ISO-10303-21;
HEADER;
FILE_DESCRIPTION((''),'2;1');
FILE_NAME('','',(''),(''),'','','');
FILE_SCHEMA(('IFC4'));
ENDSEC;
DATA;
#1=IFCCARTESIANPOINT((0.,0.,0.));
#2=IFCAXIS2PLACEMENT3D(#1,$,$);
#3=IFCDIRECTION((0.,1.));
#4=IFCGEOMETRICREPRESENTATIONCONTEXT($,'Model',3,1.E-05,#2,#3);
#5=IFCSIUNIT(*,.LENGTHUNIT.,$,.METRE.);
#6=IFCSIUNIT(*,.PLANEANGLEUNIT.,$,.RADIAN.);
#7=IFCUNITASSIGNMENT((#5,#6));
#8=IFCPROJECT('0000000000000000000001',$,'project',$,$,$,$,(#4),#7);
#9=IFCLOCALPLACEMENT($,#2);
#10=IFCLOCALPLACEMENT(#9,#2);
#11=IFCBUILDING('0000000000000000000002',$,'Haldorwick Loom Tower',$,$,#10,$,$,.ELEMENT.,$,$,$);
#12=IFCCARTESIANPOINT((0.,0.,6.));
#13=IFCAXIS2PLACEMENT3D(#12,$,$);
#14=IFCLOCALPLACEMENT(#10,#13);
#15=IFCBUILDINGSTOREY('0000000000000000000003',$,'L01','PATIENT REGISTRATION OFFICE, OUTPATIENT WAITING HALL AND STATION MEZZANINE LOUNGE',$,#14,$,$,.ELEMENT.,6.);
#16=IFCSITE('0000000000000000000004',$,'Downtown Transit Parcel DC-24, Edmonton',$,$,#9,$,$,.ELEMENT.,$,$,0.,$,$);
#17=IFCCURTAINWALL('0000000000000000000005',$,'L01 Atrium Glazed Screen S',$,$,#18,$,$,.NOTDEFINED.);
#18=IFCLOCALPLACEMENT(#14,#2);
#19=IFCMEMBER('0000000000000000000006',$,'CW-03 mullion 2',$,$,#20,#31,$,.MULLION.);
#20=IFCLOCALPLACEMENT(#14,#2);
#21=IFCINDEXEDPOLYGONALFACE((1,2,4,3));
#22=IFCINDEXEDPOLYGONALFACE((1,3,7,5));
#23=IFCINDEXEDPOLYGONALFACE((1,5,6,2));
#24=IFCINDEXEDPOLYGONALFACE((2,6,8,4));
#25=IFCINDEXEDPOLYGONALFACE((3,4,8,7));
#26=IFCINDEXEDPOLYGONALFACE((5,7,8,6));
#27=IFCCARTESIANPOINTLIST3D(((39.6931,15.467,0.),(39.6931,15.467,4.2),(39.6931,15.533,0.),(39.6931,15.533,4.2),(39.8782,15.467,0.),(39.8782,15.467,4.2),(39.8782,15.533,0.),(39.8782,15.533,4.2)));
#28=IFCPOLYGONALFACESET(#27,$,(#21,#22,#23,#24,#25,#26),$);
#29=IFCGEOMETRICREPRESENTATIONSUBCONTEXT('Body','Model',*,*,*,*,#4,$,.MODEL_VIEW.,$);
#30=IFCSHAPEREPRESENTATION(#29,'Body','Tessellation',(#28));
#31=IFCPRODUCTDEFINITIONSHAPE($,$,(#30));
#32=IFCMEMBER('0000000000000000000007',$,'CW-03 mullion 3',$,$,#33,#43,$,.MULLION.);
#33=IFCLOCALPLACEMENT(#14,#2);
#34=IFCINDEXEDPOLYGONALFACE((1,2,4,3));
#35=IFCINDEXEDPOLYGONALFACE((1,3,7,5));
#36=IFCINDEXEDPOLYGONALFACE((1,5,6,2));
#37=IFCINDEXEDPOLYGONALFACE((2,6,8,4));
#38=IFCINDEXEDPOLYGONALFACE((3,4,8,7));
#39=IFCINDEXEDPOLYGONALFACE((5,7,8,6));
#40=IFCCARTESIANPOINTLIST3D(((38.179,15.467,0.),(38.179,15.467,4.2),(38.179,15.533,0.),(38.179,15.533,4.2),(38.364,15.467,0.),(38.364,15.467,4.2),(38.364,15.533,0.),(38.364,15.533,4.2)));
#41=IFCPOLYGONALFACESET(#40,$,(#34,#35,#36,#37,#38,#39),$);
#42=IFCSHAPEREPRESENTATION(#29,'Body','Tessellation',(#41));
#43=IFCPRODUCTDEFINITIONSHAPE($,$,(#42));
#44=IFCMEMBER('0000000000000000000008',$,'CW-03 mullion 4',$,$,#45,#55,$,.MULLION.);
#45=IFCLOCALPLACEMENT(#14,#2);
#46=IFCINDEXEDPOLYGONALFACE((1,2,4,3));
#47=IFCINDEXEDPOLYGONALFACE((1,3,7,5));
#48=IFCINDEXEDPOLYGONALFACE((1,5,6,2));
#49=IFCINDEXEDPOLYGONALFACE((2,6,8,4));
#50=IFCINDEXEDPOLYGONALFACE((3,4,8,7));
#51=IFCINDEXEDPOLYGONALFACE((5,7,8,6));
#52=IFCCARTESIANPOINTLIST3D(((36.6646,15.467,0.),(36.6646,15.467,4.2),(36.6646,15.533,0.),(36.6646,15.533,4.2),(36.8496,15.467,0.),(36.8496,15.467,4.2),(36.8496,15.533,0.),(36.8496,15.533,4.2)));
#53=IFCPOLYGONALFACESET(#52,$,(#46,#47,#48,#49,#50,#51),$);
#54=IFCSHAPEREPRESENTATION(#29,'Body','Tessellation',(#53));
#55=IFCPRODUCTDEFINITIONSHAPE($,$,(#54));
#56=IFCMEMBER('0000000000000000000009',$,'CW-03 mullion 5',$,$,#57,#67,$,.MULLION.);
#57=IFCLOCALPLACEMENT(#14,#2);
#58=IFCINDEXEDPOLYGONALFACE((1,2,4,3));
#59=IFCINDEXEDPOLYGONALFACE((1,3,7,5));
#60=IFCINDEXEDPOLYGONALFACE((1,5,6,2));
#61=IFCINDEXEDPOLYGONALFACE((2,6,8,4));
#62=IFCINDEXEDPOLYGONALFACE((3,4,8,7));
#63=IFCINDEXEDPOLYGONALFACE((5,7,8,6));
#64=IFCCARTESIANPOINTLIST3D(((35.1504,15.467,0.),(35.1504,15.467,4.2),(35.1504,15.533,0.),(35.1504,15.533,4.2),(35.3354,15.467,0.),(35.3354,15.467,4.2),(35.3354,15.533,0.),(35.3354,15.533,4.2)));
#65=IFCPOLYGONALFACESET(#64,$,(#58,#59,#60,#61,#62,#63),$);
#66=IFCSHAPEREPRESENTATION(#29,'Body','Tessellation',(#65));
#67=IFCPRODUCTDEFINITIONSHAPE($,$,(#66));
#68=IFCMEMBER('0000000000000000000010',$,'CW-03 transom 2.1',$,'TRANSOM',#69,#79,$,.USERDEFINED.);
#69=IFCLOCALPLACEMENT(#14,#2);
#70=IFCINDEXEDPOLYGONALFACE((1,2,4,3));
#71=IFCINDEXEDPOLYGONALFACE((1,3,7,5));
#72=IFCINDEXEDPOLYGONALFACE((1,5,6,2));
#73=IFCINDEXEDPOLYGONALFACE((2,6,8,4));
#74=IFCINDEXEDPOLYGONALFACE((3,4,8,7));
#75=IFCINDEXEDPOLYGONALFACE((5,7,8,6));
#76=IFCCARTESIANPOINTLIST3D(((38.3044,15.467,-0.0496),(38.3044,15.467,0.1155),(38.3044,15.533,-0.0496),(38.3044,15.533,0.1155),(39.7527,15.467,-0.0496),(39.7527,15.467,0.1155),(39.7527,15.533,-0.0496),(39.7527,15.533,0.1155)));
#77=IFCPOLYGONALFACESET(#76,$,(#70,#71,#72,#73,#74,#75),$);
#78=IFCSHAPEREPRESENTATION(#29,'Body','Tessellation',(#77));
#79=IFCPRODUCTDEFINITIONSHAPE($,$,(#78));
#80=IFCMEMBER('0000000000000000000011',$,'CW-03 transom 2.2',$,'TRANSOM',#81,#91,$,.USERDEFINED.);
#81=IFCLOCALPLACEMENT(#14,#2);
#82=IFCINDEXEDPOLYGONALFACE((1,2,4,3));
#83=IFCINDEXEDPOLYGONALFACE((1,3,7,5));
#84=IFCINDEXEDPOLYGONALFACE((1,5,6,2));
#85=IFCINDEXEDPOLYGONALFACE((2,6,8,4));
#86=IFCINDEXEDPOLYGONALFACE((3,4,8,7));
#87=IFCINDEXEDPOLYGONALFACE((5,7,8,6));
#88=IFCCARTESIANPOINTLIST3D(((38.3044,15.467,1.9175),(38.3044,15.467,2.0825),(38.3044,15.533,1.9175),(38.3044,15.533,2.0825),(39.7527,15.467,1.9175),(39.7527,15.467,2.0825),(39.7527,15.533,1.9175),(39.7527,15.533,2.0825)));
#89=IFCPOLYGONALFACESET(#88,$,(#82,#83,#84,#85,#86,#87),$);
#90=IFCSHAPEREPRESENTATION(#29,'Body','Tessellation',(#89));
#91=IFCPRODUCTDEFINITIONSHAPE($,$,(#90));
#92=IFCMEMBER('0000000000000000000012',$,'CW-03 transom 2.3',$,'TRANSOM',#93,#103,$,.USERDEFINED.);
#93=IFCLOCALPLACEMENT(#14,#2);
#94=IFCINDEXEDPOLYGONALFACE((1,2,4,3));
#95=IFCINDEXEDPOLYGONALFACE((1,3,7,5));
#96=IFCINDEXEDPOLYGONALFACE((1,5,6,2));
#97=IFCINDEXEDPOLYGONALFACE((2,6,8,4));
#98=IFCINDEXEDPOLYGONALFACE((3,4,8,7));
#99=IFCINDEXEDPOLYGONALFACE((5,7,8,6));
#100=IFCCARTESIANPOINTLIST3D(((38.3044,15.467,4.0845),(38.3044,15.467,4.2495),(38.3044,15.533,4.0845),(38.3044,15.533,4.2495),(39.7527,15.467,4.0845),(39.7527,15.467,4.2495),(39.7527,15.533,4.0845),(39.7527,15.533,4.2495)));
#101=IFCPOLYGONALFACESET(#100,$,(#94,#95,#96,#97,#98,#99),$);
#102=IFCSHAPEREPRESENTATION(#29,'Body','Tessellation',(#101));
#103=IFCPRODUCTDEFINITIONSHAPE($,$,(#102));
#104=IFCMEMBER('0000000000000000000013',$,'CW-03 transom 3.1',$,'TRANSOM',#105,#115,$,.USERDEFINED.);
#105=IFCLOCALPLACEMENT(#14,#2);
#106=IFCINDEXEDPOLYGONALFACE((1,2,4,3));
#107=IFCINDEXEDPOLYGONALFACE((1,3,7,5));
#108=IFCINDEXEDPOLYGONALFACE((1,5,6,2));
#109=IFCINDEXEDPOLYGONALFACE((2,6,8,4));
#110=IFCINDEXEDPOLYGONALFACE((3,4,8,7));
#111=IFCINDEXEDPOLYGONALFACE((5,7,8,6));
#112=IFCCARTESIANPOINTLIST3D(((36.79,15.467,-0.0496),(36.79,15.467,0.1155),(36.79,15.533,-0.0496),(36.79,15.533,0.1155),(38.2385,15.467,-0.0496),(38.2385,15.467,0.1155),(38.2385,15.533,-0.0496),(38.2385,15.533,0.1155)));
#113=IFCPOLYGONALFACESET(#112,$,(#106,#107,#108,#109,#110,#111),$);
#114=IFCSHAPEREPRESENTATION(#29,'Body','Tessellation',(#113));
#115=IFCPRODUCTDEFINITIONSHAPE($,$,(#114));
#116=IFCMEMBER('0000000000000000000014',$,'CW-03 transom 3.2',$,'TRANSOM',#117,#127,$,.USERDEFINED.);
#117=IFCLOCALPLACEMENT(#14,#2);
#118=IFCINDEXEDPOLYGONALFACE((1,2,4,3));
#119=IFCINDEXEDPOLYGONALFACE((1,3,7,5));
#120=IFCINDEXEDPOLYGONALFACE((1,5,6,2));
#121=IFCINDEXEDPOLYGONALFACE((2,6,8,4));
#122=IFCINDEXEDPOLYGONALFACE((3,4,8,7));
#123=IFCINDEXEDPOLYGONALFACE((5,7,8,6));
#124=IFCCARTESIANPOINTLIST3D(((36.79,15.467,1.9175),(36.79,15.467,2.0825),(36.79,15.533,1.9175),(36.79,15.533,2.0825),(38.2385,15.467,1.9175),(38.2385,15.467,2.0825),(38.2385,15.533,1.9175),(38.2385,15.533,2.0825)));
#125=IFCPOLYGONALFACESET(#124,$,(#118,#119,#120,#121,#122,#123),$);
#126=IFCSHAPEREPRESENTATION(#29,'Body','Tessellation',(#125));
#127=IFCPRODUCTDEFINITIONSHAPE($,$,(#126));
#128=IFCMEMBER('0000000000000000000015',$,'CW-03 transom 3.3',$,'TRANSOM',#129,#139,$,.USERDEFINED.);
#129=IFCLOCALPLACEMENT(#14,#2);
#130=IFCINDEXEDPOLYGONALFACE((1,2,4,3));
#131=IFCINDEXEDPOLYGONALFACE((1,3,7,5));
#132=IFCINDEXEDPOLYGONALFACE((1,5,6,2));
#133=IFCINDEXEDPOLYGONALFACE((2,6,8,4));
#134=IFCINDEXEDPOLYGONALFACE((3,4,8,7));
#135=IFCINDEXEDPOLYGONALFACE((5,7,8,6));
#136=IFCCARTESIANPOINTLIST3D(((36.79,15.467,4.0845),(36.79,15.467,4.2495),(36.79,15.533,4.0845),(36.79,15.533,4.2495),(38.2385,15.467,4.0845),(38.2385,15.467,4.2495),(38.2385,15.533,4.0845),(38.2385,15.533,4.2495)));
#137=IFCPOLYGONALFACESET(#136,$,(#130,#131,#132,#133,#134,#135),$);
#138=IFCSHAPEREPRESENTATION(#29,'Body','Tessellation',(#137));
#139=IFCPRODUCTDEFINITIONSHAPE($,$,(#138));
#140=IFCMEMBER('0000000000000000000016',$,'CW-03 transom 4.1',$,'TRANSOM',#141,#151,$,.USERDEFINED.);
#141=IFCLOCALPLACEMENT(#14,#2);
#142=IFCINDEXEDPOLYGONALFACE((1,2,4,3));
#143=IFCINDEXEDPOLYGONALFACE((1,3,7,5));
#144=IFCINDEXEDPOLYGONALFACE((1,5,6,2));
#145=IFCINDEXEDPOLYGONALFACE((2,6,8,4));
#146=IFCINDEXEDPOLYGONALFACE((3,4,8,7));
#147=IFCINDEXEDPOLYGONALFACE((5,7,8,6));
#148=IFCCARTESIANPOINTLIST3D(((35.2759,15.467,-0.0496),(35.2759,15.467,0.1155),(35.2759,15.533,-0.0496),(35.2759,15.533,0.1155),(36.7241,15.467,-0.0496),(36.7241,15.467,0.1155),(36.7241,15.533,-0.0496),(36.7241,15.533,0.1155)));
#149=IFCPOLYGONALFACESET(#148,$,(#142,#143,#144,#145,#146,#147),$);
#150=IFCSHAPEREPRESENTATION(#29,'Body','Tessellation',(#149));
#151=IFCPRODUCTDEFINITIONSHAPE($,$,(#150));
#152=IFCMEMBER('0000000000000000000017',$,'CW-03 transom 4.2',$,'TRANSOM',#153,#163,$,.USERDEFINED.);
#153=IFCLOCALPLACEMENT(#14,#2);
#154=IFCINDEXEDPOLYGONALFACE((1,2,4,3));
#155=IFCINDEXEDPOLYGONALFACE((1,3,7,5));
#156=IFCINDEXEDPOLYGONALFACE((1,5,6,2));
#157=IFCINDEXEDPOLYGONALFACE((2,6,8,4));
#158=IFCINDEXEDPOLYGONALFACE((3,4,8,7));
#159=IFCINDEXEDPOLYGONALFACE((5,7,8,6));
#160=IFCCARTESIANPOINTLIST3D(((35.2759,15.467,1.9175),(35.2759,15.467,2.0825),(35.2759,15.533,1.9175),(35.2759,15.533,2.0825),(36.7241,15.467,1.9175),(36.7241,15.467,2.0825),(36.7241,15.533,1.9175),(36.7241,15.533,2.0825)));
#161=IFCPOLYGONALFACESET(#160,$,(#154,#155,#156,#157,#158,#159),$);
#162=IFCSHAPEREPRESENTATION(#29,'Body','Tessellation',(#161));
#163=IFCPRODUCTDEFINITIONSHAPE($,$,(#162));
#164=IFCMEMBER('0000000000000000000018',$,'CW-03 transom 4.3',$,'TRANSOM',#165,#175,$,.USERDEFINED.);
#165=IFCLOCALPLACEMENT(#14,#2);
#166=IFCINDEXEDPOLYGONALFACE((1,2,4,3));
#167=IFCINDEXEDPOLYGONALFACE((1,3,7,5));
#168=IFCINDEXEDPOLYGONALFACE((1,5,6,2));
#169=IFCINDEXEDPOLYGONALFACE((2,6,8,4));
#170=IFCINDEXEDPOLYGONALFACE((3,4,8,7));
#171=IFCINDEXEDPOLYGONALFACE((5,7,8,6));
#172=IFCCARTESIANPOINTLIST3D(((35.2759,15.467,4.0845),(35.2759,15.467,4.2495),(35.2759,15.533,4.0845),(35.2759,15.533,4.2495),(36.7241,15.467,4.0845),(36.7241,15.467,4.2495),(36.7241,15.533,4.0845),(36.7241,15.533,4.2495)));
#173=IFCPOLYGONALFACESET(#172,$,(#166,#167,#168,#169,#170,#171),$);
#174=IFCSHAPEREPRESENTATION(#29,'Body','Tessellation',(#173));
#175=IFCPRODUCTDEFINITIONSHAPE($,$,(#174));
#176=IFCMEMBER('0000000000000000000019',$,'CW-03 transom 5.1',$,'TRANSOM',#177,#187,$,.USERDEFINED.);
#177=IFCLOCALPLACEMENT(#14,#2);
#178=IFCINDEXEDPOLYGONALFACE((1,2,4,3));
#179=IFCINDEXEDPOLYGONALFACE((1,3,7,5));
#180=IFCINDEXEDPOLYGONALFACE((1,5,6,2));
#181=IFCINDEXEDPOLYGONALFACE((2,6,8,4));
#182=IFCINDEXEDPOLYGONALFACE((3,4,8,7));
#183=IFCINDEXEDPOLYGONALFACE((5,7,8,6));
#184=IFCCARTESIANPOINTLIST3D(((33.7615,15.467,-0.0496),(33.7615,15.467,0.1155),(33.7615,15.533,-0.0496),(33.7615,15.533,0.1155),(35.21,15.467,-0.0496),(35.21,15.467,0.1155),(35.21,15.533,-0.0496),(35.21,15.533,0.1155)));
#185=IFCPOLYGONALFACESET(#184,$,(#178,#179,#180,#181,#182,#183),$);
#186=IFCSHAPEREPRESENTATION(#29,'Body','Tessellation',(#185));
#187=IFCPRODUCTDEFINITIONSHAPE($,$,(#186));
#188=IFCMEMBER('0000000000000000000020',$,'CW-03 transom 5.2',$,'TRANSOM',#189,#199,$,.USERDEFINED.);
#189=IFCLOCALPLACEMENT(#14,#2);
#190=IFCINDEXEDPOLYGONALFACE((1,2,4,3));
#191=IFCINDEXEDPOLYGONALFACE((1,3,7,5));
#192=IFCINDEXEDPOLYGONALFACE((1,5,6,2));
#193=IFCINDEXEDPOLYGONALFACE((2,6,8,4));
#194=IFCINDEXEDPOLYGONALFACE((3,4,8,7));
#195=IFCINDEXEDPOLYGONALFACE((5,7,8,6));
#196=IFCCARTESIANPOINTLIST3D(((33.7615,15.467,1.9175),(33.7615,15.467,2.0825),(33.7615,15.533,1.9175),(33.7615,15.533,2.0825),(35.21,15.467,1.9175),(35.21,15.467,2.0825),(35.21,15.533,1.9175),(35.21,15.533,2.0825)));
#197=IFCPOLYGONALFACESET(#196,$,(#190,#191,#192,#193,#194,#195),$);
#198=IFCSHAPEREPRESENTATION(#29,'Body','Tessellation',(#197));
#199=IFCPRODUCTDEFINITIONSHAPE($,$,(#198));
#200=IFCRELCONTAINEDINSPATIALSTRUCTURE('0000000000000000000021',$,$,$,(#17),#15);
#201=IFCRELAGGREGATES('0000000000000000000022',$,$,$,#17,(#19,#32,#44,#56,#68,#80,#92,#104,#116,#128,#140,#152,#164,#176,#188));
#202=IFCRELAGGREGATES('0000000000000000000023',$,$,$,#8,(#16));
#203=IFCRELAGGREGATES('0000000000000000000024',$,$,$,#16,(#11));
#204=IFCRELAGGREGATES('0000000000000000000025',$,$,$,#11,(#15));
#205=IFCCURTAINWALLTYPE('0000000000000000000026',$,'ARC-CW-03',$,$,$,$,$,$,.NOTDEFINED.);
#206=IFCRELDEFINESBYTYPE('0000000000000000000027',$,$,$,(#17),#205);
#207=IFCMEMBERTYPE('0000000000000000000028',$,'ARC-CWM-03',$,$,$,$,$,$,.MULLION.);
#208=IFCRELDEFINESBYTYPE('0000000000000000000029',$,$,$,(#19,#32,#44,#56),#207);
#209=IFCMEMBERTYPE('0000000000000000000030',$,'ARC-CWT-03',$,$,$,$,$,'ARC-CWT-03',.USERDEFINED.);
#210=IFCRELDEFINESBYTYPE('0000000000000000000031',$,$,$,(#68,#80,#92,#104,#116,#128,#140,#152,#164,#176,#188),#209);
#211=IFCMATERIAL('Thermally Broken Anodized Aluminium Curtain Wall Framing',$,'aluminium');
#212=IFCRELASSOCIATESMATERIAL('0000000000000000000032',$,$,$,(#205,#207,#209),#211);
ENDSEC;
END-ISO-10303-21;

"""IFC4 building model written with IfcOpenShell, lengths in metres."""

from ifc_helpers import new_model, si_unit, direction, frame, origin, origin_2d, place, context, subcontext, project, spatial, rectangle, extrude, material, material_profile, profile_set, type_object, element, aggregate, save


model = new_model("IFC4")

# Units and contexts
model_context = context("Model", 3, precision=1e-05, world=origin(), true_north=direction((0.0, 1.0)))
body_context = subcontext(model_context, "Body", "Model", "MODEL_VIEW")
ifc_project = project(units=[si_unit("LENGTHUNIT", "METRE"), si_unit("PLANEANGLEUNIT", "RADIAN")], contexts=[model_context])

# Site, building, storey
site_placement = place(None, origin())
site = spatial("IfcSite", under=ifc_project, at=site_placement, Name="Downtown Transit Parcel DC-24, Edmonton", CompositionType="ELEMENT", RefElevation=0.0)
building_placement = place(site_placement, origin())
building = spatial("IfcBuilding", under=site, at=building_placement, Name="Haldorwick Loom Tower", CompositionType="ELEMENT")
storey_placement = place(building_placement, frame((0.0, 0.0, 6.0)))
storey = spatial("IfcBuildingStorey", under=building, at=storey_placement, Name="L01", Description="PATIENT REGISTRATION OFFICE, OUTPATIENT WAITING HALL AND STATION MEZZANINE LOUNGE", CompositionType="ELEMENT", Elevation=6.0)

# Curtain wall, members
ifc_material_1 = material(Name="Thermally Broken Anodized Aluminium Curtain Wall Framing", Category="aluminium")
curtain_wall_type = type_object("IfcCurtainWallType", Name="ARC-CW-03", PredefinedType="NOTDEFINED", material=ifc_material_1)
curtain_wall_placement = place(storey_placement, origin())
curtain_wall = element("IfcCurtainWall", 1, at=curtain_wall_placement, inside=storey, type_object=curtain_wall_type, Name="L01 Atrium Glazed Screen S", PredefinedType="NOTDEFINED")
ifc_material_profile_1 = material_profile(ifc_material_1, rectangle(XDim=0.0659, YDim=0.1851, at=origin_2d()), Name="ALU_MUL_66X185", Category="aluminium")
ifc_profile_set_1 = profile_set([ifc_material_profile_1], Name="Thermally Broken Anodized Aluminium Curtain Wall Framing")
member_type_1 = type_object("IfcMemberType", Name="ARC-CWM-03", PredefinedType="MULLION", material=ifc_profile_set_1)
member_1_placement = place(storey_placement, frame((39.7856, 15.5, 0.0), z_axis=(0.0, 0.0, 1.0), x_axis=(0.0, -1.0, 0.0)))
member_1 = element("IfcMember", 2, at=member_1_placement, type_object=member_type_1, Name="CW-03 mullion 2", PredefinedType="MULLION", context=body_context, shape_type="SweptSolid", body=[
    extrude(rectangle(XDim=0.0659, YDim=0.1851, at=origin_2d()), origin(), (0.0, 0.0, 1.0), 4.2),
])
member_2_placement = place(storey_placement, frame((38.2715, 15.5, 0.0), z_axis=(0.0, 0.0, 1.0), x_axis=(0.0, -1.0, 0.0)))
member_2 = element("IfcMember", 3, at=member_2_placement, type_object=member_type_1, Name="CW-03 mullion 3", PredefinedType="MULLION", context=body_context, shape_type="SweptSolid", body=[
    extrude(rectangle(XDim=0.0659, YDim=0.1851, at=origin_2d()), origin(), (0.0, 0.0, 1.0), 4.2),
])
member_3_placement = place(storey_placement, frame((36.7571, 15.5, 0.0), z_axis=(0.0, 0.0, 1.0), x_axis=(0.0, -1.0, 0.0)))
member_3 = element("IfcMember", 4, at=member_3_placement, type_object=member_type_1, Name="CW-03 mullion 4", PredefinedType="MULLION", context=body_context, shape_type="SweptSolid", body=[
    extrude(rectangle(XDim=0.0659, YDim=0.1851, at=origin_2d()), origin(), (0.0, 0.0, 1.0), 4.2),
])
member_4_placement = place(storey_placement, frame((35.2429, 15.5, 0.0), z_axis=(0.0, 0.0, 1.0), x_axis=(0.0, -1.0, 0.0)))
member_4 = element("IfcMember", 5, at=member_4_placement, type_object=member_type_1, Name="CW-03 mullion 5", PredefinedType="MULLION", context=body_context, shape_type="SweptSolid", body=[
    extrude(rectangle(XDim=0.0659, YDim=0.1851, at=origin_2d()), origin(), (0.0, 0.0, 1.0), 4.2),
])
ifc_material_profile_2 = material_profile(ifc_material_1, rectangle(XDim=0.0659, YDim=0.165, at=origin_2d()), Name="ALU_TRN_66X165", Category="aluminium")
ifc_profile_set_2 = profile_set([ifc_material_profile_2], Name="Thermally Broken Anodized Aluminium Curtain Wall Framing")
member_type_2 = type_object("IfcMemberType", Name="ARC-CWT-03", ElementType="ARC-CWT-03", PredefinedType="USERDEFINED", material=ifc_profile_set_2)
member_5_placement = place(storey_placement, frame((39.7527, 15.5, 0.033), z_axis=(-1.0, 0.0, 0.0), x_axis=(0.0, -1.0, 0.0)))
member_5 = element("IfcMember", 6, at=member_5_placement, type_object=member_type_2, Name="CW-03 transom 2.1", ObjectType="TRANSOM", PredefinedType="USERDEFINED", context=body_context, shape_type="SweptSolid", body=[
    extrude(rectangle(XDim=0.0659, YDim=0.165, at=origin_2d()), origin(), (0.0, 0.0, 1.0), 1.4482),
])
member_6_placement = place(storey_placement, frame((39.7527, 15.5, 2.0), z_axis=(-1.0, 0.0, 0.0), x_axis=(0.0, -1.0, 0.0)))
member_6 = element("IfcMember", 7, at=member_6_placement, type_object=member_type_2, Name="CW-03 transom 2.2", ObjectType="TRANSOM", PredefinedType="USERDEFINED", context=body_context, shape_type="SweptSolid", body=[
    extrude(rectangle(XDim=0.0659, YDim=0.165, at=origin_2d()), origin(), (0.0, 0.0, 1.0), 1.4482),
])
member_7_placement = place(storey_placement, frame((39.7527, 15.5, 4.167), z_axis=(-1.0, 0.0, 0.0), x_axis=(0.0, -1.0, 0.0)))
member_7 = element("IfcMember", 8, at=member_7_placement, type_object=member_type_2, Name="CW-03 transom 2.3", ObjectType="TRANSOM", PredefinedType="USERDEFINED", context=body_context, shape_type="SweptSolid", body=[
    extrude(rectangle(XDim=0.0659, YDim=0.165, at=origin_2d()), origin(), (0.0, 0.0, 1.0), 1.4482),
])
member_8_placement = place(storey_placement, frame((38.2385, 15.5, 0.033), z_axis=(-1.0, 0.0, 0.0), x_axis=(0.0, -1.0, 0.0)))
member_8 = element("IfcMember", 9, at=member_8_placement, type_object=member_type_2, Name="CW-03 transom 3.1", ObjectType="TRANSOM", PredefinedType="USERDEFINED", context=body_context, shape_type="SweptSolid", body=[
    extrude(rectangle(XDim=0.0659, YDim=0.165, at=origin_2d()), origin(), (0.0, 0.0, 1.0), 1.4485),
])
member_9_placement = place(storey_placement, frame((38.2385, 15.5, 2.0), z_axis=(-1.0, 0.0, 0.0), x_axis=(0.0, -1.0, 0.0)))
member_9 = element("IfcMember", 10, at=member_9_placement, type_object=member_type_2, Name="CW-03 transom 3.2", ObjectType="TRANSOM", PredefinedType="USERDEFINED", context=body_context, shape_type="SweptSolid", body=[
    extrude(rectangle(XDim=0.0659, YDim=0.165, at=origin_2d()), origin(), (0.0, 0.0, 1.0), 1.4485),
])
member_10_placement = place(storey_placement, frame((38.2385, 15.5, 4.167), z_axis=(-1.0, 0.0, 0.0), x_axis=(0.0, -1.0, 0.0)))
member_10 = element("IfcMember", 11, at=member_10_placement, type_object=member_type_2, Name="CW-03 transom 3.3", ObjectType="TRANSOM", PredefinedType="USERDEFINED", context=body_context, shape_type="SweptSolid", body=[
    extrude(rectangle(XDim=0.0659, YDim=0.165, at=origin_2d()), origin(), (0.0, 0.0, 1.0), 1.4485),
])
member_11_placement = place(storey_placement, frame((36.7241, 15.5, 0.033), z_axis=(-1.0, 0.0, 0.0), x_axis=(0.0, -1.0, 0.0)))
member_11 = element("IfcMember", 12, at=member_11_placement, type_object=member_type_2, Name="CW-03 transom 4.1", ObjectType="TRANSOM", PredefinedType="USERDEFINED", context=body_context, shape_type="SweptSolid", body=[
    extrude(rectangle(XDim=0.0659, YDim=0.165, at=origin_2d()), origin(), (0.0, 0.0, 1.0), 1.4482),
])
member_12_placement = place(storey_placement, frame((36.7241, 15.5, 2.0), z_axis=(-1.0, 0.0, 0.0), x_axis=(0.0, -1.0, 0.0)))
member_12 = element("IfcMember", 13, at=member_12_placement, type_object=member_type_2, Name="CW-03 transom 4.2", ObjectType="TRANSOM", PredefinedType="USERDEFINED", context=body_context, shape_type="SweptSolid", body=[
    extrude(rectangle(XDim=0.0659, YDim=0.165, at=origin_2d()), origin(), (0.0, 0.0, 1.0), 1.4482),
])
member_13_placement = place(storey_placement, frame((36.7241, 15.5, 4.167), z_axis=(-1.0, 0.0, 0.0), x_axis=(0.0, -1.0, 0.0)))
member_13 = element("IfcMember", 14, at=member_13_placement, type_object=member_type_2, Name="CW-03 transom 4.3", ObjectType="TRANSOM", PredefinedType="USERDEFINED", context=body_context, shape_type="SweptSolid", body=[
    extrude(rectangle(XDim=0.0659, YDim=0.165, at=origin_2d()), origin(), (0.0, 0.0, 1.0), 1.4482),
])
member_14_placement = place(storey_placement, frame((35.21, 15.5, 0.033), z_axis=(-1.0, 0.0, 0.0), x_axis=(0.0, -1.0, 0.0)))
member_14 = element("IfcMember", 15, at=member_14_placement, type_object=member_type_2, Name="CW-03 transom 5.1", ObjectType="TRANSOM", PredefinedType="USERDEFINED", context=body_context, shape_type="SweptSolid", body=[
    extrude(rectangle(XDim=0.0659, YDim=0.165, at=origin_2d()), origin(), (0.0, 0.0, 1.0), 1.4485),
])
member_15_placement = place(storey_placement, frame((35.21, 15.5, 2.0), z_axis=(-1.0, 0.0, 0.0), x_axis=(0.0, -1.0, 0.0)))
member_15 = element("IfcMember", 16, at=member_15_placement, type_object=member_type_2, Name="CW-03 transom 5.2", ObjectType="TRANSOM", PredefinedType="USERDEFINED", context=body_context, shape_type="SweptSolid", body=[
    extrude(rectangle(XDim=0.0659, YDim=0.165, at=origin_2d()), origin(), (0.0, 0.0, 1.0), 1.4485),
])
aggregate(curtain_wall, [member_1, member_2, member_3, member_4, member_5, member_6, member_7, member_8, member_9, member_10, member_11, member_12, member_13, member_14, member_15])

save(model, "model.ifc")
